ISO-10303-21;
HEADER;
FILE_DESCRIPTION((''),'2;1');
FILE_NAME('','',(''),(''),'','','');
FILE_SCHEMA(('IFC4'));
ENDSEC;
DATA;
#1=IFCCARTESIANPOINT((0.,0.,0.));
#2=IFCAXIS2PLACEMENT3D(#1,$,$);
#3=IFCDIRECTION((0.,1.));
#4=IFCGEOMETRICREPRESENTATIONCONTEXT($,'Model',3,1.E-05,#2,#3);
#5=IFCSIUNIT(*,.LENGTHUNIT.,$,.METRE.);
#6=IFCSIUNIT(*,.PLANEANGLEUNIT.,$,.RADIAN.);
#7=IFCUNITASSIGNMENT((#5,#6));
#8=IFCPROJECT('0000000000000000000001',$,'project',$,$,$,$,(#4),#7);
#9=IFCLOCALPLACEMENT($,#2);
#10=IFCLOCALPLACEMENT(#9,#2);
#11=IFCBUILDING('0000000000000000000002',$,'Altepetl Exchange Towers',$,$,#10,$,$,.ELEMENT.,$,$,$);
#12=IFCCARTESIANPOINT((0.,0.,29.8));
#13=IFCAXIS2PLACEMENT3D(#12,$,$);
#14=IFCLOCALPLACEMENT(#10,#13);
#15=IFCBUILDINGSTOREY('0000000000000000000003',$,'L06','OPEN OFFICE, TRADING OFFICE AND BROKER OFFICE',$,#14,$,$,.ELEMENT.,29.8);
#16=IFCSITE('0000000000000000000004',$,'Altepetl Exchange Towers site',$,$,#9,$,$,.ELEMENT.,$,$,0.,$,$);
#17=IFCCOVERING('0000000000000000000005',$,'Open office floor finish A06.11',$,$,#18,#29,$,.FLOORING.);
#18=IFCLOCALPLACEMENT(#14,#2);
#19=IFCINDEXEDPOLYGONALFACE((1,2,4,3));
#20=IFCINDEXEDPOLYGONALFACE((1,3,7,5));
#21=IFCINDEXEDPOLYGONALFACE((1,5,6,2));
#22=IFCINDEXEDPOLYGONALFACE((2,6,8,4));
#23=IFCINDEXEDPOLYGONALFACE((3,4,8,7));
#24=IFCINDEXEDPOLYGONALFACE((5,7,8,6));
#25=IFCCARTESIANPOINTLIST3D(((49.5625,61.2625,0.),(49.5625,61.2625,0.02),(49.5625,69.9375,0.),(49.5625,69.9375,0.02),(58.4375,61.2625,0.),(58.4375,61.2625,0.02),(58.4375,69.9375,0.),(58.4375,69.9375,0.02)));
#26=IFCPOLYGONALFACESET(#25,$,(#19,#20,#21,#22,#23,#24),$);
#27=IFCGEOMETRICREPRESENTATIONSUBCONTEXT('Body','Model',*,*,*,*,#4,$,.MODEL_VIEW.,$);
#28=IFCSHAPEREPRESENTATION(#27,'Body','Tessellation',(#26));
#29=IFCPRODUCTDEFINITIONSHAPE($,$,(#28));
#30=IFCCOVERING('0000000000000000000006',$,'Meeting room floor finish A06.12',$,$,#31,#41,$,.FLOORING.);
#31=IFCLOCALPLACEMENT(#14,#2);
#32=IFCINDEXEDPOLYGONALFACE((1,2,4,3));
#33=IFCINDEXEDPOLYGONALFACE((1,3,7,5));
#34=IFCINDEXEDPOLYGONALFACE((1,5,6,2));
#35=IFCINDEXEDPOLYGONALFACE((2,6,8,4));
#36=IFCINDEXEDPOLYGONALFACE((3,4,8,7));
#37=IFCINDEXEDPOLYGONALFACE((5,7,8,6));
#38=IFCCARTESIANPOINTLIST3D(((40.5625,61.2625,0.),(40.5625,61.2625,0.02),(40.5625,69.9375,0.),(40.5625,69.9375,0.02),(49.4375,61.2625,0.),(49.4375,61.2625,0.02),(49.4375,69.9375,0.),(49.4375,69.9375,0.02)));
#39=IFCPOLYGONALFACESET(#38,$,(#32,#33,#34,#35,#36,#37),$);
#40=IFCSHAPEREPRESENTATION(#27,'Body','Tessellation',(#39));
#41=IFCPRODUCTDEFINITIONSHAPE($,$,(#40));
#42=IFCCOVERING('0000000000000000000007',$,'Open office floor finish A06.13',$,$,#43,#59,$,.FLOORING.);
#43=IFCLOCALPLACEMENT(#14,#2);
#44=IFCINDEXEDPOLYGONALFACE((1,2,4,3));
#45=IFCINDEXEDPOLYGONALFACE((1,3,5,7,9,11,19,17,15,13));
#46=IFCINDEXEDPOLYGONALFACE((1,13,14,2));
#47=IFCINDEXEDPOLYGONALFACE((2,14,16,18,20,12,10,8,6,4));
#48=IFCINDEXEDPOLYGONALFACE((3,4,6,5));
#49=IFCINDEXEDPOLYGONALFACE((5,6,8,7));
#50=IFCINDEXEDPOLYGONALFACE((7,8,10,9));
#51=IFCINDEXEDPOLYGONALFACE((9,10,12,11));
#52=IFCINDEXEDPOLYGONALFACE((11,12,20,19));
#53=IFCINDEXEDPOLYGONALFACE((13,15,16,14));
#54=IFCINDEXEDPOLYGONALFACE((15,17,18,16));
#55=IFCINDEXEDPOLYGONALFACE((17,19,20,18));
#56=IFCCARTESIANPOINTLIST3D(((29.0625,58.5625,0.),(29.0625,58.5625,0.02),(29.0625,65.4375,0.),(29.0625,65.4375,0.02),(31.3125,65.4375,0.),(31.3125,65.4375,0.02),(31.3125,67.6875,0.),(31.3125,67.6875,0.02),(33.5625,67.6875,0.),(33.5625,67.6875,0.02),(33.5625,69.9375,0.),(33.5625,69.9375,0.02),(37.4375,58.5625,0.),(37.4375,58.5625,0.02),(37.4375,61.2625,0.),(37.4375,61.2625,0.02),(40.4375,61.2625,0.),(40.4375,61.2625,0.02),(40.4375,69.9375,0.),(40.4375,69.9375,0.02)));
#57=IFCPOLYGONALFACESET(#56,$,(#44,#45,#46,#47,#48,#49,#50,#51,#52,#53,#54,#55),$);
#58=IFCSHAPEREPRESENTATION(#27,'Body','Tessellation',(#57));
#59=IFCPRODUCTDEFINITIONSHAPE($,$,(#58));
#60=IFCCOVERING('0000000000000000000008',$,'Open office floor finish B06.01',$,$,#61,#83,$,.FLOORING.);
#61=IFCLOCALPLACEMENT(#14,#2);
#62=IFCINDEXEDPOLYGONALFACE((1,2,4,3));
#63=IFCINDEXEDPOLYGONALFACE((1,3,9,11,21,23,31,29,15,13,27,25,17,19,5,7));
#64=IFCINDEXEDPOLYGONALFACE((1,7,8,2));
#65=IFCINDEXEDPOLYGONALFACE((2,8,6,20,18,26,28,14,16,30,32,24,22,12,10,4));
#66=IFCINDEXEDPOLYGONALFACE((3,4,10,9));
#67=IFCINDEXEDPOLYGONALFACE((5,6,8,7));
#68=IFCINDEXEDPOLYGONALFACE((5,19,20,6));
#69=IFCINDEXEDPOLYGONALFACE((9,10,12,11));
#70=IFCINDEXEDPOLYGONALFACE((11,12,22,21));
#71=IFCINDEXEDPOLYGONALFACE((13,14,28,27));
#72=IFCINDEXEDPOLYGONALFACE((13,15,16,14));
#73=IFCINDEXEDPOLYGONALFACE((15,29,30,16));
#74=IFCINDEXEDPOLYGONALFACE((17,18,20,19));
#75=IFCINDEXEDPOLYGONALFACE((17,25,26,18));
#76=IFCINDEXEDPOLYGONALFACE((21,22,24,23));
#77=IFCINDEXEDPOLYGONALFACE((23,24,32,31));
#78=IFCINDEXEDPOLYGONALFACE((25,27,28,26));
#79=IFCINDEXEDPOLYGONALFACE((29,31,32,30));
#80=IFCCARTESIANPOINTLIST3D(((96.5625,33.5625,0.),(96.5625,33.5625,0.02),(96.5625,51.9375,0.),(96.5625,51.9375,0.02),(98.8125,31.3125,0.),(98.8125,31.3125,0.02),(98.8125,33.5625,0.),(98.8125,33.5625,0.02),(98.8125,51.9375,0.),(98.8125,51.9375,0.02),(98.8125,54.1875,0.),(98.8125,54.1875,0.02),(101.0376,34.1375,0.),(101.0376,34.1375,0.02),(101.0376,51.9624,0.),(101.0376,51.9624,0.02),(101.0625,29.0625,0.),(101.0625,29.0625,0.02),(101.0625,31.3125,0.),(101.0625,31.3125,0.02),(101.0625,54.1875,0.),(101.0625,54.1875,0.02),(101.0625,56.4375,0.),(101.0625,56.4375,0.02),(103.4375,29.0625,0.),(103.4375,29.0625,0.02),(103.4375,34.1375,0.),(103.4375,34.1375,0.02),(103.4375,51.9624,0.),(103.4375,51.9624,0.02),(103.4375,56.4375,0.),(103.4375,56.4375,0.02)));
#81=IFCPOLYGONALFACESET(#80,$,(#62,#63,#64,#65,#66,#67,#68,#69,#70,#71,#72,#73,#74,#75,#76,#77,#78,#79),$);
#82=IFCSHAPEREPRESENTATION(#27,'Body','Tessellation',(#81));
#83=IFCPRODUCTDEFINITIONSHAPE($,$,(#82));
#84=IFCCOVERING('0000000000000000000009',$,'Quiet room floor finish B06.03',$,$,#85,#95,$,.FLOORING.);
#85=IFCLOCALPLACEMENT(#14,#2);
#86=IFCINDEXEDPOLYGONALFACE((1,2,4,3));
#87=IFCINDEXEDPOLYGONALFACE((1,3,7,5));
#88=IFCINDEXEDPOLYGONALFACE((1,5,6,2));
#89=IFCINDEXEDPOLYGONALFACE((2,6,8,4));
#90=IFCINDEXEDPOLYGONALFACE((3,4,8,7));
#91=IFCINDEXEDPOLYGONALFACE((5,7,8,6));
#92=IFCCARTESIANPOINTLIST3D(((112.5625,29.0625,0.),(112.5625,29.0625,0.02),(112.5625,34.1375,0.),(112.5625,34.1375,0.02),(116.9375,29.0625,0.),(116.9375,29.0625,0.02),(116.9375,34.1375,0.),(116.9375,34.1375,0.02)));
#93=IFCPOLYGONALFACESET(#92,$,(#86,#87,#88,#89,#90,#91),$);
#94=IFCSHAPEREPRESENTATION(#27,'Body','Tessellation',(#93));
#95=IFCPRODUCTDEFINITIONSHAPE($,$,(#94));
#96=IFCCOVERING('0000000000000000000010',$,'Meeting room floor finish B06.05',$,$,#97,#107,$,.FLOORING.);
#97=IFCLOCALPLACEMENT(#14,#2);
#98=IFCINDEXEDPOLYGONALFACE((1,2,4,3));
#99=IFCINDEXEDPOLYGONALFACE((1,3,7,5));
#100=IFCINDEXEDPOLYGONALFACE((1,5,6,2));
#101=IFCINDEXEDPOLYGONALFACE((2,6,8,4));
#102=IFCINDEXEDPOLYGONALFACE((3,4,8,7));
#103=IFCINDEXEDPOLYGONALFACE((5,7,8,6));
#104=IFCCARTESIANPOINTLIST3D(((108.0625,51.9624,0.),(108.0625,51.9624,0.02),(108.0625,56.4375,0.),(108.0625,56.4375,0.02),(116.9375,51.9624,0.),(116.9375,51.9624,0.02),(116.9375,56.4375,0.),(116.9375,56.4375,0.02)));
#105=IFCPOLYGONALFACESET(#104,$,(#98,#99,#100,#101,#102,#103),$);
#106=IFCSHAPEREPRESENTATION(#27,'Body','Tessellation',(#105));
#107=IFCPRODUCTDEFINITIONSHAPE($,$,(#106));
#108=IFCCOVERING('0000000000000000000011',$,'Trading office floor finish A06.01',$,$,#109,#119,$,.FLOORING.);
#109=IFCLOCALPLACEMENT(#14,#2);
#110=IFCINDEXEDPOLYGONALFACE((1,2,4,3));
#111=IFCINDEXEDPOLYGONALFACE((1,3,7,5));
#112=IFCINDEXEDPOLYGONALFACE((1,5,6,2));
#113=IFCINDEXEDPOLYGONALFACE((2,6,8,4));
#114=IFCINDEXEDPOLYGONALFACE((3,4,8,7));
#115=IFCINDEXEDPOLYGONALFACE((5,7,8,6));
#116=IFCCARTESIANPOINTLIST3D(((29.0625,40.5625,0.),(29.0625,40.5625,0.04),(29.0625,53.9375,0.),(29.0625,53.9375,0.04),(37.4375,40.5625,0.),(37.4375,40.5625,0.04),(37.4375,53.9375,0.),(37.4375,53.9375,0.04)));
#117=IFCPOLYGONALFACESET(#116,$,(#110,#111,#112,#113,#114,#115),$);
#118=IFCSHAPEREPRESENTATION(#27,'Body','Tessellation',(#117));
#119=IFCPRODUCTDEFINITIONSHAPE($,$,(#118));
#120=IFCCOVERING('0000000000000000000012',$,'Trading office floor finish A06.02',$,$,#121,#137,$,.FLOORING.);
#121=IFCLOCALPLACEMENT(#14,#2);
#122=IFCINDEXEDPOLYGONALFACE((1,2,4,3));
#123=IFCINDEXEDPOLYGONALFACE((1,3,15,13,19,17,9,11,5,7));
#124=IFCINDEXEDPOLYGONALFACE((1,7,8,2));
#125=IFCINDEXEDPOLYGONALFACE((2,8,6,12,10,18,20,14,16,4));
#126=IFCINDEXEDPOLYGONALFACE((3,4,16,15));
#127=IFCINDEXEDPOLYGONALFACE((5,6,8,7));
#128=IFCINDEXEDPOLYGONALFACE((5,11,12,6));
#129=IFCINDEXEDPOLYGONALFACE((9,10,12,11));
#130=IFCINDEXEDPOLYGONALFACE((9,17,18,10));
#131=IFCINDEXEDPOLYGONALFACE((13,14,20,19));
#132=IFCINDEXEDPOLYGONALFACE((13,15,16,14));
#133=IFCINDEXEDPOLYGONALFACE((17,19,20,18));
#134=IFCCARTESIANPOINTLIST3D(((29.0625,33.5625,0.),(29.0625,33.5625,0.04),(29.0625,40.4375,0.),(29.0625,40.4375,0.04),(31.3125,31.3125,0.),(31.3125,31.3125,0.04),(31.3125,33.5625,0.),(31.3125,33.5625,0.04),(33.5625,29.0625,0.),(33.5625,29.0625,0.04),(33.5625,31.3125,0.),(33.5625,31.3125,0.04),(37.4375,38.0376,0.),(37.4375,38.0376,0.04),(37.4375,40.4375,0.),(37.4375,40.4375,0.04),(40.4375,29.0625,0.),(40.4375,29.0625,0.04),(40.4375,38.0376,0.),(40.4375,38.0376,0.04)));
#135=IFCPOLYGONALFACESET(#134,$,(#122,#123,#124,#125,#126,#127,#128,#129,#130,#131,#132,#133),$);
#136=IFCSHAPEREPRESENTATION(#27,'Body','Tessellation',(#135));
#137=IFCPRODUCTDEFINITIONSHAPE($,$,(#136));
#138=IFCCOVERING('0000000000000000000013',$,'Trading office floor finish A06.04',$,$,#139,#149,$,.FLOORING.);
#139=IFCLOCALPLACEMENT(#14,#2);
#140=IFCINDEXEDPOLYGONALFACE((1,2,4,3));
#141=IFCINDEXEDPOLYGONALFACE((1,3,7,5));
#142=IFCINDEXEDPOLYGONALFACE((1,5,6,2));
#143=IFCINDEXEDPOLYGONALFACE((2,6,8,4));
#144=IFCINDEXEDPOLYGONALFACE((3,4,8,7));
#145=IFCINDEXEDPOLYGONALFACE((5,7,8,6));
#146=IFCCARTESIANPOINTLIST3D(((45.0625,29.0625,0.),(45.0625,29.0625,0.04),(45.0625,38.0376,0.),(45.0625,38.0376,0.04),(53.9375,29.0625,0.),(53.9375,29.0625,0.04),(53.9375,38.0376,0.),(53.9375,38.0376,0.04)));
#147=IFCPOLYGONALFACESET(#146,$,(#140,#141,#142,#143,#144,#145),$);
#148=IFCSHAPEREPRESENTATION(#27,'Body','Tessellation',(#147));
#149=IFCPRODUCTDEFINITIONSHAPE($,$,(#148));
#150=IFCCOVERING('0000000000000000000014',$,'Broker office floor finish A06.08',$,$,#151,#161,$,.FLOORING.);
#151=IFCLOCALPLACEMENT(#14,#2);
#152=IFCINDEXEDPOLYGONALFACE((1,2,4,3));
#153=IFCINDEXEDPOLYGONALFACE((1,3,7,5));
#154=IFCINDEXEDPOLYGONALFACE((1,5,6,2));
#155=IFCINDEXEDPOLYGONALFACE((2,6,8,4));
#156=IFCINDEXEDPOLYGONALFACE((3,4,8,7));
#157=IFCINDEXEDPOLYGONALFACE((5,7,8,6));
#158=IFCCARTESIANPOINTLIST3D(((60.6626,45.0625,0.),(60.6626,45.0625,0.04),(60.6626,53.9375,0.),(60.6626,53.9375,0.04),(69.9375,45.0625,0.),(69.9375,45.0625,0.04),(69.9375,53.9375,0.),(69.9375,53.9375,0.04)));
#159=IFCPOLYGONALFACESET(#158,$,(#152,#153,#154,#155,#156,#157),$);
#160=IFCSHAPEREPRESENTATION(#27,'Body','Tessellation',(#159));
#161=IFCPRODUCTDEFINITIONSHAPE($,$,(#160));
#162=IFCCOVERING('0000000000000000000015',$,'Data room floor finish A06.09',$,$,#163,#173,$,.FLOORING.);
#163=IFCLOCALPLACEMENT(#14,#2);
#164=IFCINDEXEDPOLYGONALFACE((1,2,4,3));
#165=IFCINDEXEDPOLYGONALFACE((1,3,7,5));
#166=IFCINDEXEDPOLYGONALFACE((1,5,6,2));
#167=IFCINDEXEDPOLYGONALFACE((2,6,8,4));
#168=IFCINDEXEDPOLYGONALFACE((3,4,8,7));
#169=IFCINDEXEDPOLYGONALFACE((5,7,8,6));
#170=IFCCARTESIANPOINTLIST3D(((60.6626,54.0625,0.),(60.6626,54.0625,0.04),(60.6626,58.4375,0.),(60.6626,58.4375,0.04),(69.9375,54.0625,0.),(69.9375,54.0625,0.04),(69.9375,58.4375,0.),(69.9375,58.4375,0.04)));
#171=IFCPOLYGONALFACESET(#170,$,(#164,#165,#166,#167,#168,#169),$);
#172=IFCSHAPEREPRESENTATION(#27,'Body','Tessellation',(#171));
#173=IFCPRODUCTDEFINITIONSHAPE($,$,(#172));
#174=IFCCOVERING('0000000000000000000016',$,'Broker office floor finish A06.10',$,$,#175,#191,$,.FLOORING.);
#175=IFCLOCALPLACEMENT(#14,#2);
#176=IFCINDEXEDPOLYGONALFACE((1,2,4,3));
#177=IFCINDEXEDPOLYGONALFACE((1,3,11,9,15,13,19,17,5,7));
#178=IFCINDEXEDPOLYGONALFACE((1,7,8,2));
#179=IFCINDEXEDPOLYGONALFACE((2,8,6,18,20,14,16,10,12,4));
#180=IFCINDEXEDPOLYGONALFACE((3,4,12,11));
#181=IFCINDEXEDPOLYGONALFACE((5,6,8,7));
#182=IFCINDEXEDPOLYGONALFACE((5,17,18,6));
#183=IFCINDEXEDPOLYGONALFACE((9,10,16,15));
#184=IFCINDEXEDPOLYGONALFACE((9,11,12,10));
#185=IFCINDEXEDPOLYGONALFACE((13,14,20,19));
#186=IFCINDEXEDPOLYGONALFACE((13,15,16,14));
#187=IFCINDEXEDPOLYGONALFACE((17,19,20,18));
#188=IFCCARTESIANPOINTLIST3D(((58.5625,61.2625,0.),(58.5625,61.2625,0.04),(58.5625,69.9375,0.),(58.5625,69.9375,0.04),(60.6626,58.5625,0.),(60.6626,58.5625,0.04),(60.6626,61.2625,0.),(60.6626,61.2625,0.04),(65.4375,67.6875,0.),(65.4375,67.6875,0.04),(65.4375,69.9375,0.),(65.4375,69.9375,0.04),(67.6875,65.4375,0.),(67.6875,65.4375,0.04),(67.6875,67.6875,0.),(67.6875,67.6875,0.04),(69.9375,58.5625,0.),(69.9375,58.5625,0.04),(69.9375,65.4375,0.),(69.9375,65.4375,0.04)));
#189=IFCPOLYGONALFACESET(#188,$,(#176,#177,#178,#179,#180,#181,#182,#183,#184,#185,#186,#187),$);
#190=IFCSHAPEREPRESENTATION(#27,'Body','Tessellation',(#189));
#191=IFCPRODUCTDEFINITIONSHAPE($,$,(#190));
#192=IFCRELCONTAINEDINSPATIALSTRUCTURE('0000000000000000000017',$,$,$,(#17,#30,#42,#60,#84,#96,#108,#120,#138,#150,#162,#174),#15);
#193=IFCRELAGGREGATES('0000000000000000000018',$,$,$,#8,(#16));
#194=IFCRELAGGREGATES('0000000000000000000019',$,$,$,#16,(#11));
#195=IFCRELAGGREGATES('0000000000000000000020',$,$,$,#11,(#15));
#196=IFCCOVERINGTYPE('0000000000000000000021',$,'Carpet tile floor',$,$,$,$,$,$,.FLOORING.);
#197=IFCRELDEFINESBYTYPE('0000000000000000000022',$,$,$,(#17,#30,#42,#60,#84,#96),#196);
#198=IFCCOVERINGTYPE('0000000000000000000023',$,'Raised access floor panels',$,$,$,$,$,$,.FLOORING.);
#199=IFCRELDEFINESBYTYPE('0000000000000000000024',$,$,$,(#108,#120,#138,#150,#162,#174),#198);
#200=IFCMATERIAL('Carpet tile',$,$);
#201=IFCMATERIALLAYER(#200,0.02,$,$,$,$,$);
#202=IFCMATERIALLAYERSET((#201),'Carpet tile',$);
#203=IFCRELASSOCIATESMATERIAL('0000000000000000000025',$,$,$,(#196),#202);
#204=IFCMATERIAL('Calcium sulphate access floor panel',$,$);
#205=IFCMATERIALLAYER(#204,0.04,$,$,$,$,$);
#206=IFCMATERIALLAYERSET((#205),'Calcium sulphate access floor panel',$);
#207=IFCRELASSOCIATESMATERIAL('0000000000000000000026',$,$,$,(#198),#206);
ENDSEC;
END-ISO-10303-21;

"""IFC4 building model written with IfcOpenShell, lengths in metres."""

from ifc_helpers import new_model, si_unit, direction, frame, origin, place, context, subcontext, project, spatial, polyline, outline, extrude, material, layer, layer_set, type_object, element, save


model = new_model("IFC4")

# Units and contexts
model_context = context("Model", 3, precision=1e-05, world=origin(), true_north=direction((0.0, 1.0)))
body_context = subcontext(model_context, "Body", "Model", "MODEL_VIEW")
ifc_project = project(units=[si_unit("LENGTHUNIT", "METRE"), si_unit("PLANEANGLEUNIT", "RADIAN")], contexts=[model_context])

# Site, building, storey
site_placement = place(None, origin())
site = spatial("IfcSite", under=ifc_project, at=site_placement, Name="Altepetl Exchange Towers site", CompositionType="ELEMENT", RefElevation=0.0)
building_placement = place(site_placement, origin())
building = spatial("IfcBuilding", under=site, at=building_placement, Name="Altepetl Exchange Towers", CompositionType="ELEMENT")
storey_placement = place(building_placement, frame((0.0, 0.0, 29.8)))
storey = spatial("IfcBuildingStorey", under=building, at=storey_placement, Name="L06", Description="OPEN OFFICE, TRADING OFFICE AND BROKER OFFICE", CompositionType="ELEMENT", Elevation=29.8)

# Coverings
ifc_material_1 = material(Name="Carpet tile")
ifc_layer_1 = layer(ifc_material_1, 0.02)
ifc_layer_set_1 = layer_set([ifc_layer_1], Name="Carpet tile")
covering_type_1 = type_object("IfcCoveringType", Name="Carpet tile floor", PredefinedType="FLOORING", material=ifc_layer_set_1)
covering_1_placement = place(storey_placement, origin())
element("IfcCovering", 1, at=covering_1_placement, inside=storey, type_object=covering_type_1, Name="Open office floor finish A06.11", PredefinedType="FLOORING", context=body_context, shape_type="SweptSolid", body=[
    extrude(outline(polyline([(49.5625, 69.9375), (49.5625, 61.2625), (58.4375, 61.2625), (58.4375, 69.9375), (49.5625, 69.9375)])), origin(), (0.0, 0.0, 1.0), 0.02),
])
covering_2_placement = place(storey_placement, origin())
element("IfcCovering", 2, at=covering_2_placement, inside=storey, type_object=covering_type_1, Name="Meeting room floor finish A06.12", PredefinedType="FLOORING", context=body_context, shape_type="SweptSolid", body=[
    extrude(outline(polyline([(40.5625, 69.9375), (40.5625, 61.2625), (49.4375, 61.2625), (49.4375, 69.9375), (40.5625, 69.9375)])), origin(), (0.0, 0.0, 1.0), 0.02),
])
covering_3_placement = place(storey_placement, origin())
element("IfcCovering", 3, at=covering_3_placement, inside=storey, type_object=covering_type_1, Name="Open office floor finish A06.13", PredefinedType="FLOORING", context=body_context, shape_type="SweptSolid", body=[
    extrude(outline(polyline([(33.5625, 67.6875), (31.3125, 67.6875), (31.3125, 65.4375), (29.0625, 65.4375), (29.0625, 58.5625), (37.4375, 58.5625), (37.4375, 61.2625), (40.4375, 61.2625), (40.4375, 69.9375), (33.5625, 69.9375), (33.5625, 67.6875)])), origin(), (0.0, 0.0, 1.0), 0.02),
])
covering_4_placement = place(storey_placement, origin())
element("IfcCovering", 4, at=covering_4_placement, inside=storey, type_object=covering_type_1, Name="Open office floor finish B06.01", PredefinedType="FLOORING", context=body_context, shape_type="SweptSolid", body=[
    extrude(outline(polyline([(101.0625, 54.1875), (98.8125, 54.1875), (98.8125, 51.9375), (96.5625, 51.9375), (96.5625, 33.5625), (98.8125, 33.5625), (98.8125, 31.3125), (101.0625, 31.3125), (101.0625, 29.0625), (103.4375, 29.0625), (103.4375, 34.1375), (101.0376, 34.1375), (101.0376, 51.9624), (103.4375, 51.9624), (103.4375, 56.4375), (101.0625, 56.4375), (101.0625, 54.1875)])), origin(), (0.0, 0.0, 1.0), 0.02),
])
covering_5_placement = place(storey_placement, origin())
element("IfcCovering", 5, at=covering_5_placement, inside=storey, type_object=covering_type_1, Name="Quiet room floor finish B06.03", PredefinedType="FLOORING", context=body_context, shape_type="SweptSolid", body=[
    extrude(outline(polyline([(116.9375, 29.0625), (116.9375, 34.1375), (112.5625, 34.1375), (112.5625, 29.0625), (116.9375, 29.0625)])), origin(), (0.0, 0.0, 1.0), 0.02),
])
covering_6_placement = place(storey_placement, origin())
element("IfcCovering", 6, at=covering_6_placement, inside=storey, type_object=covering_type_1, Name="Meeting room floor finish B06.05", PredefinedType="FLOORING", context=body_context, shape_type="SweptSolid", body=[
    extrude(outline(polyline([(108.0625, 56.4375), (108.0625, 51.9624), (116.9375, 51.9624), (116.9375, 56.4375), (108.0625, 56.4375)])), origin(), (0.0, 0.0, 1.0), 0.02),
])
ifc_material_2 = material(Name="Calcium sulphate access floor panel")
ifc_layer_2 = layer(ifc_material_2, 0.04)
ifc_layer_set_2 = layer_set([ifc_layer_2], Name="Calcium sulphate access floor panel")
covering_type_2 = type_object("IfcCoveringType", Name="Raised access floor panels", PredefinedType="FLOORING", material=ifc_layer_set_2)
covering_7_placement = place(storey_placement, origin())
element("IfcCovering", 7, at=covering_7_placement, inside=storey, type_object=covering_type_2, Name="Trading office floor finish A06.01", PredefinedType="FLOORING", context=body_context, shape_type="SweptSolid", body=[
    extrude(outline(polyline([(29.0625, 40.5625), (37.4375, 40.5625), (37.4375, 53.9375), (29.0625, 53.9375), (29.0625, 40.5625)])), origin(), (0.0, 0.0, 1.0), 0.04),
])
covering_8_placement = place(storey_placement, origin())
element("IfcCovering", 8, at=covering_8_placement, inside=storey, type_object=covering_type_2, Name="Trading office floor finish A06.02", PredefinedType="FLOORING", context=body_context, shape_type="SweptSolid", body=[
    extrude(outline(polyline([(40.4375, 29.0625), (40.4375, 38.0376), (37.4375, 38.0376), (37.4375, 40.4375), (29.0625, 40.4375), (29.0625, 33.5625), (31.3125, 33.5625), (31.3125, 31.3125), (33.5625, 31.3125), (33.5625, 29.0625), (40.4375, 29.0625)])), origin(), (0.0, 0.0, 1.0), 0.04),
])
covering_9_placement = place(storey_placement, origin())
element("IfcCovering", 9, at=covering_9_placement, inside=storey, type_object=covering_type_2, Name="Trading office floor finish A06.04", PredefinedType="FLOORING", context=body_context, shape_type="SweptSolid", body=[
    extrude(outline(polyline([(53.9375, 29.0625), (53.9375, 38.0376), (45.0625, 38.0376), (45.0625, 29.0625), (53.9375, 29.0625)])), origin(), (0.0, 0.0, 1.0), 0.04),
])
covering_10_placement = place(storey_placement, origin())
element("IfcCovering", 10, at=covering_10_placement, inside=storey, type_object=covering_type_2, Name="Broker office floor finish A06.08", PredefinedType="FLOORING", context=body_context, shape_type="SweptSolid", body=[
    extrude(outline(polyline([(69.9375, 53.9375), (60.6626, 53.9375), (60.6626, 45.0625), (69.9375, 45.0625), (69.9375, 53.9375)])), origin(), (0.0, 0.0, 1.0), 0.04),
])
covering_11_placement = place(storey_placement, origin())
element("IfcCovering", 11, at=covering_11_placement, inside=storey, type_object=covering_type_2, Name="Data room floor finish A06.09", PredefinedType="FLOORING", context=body_context, shape_type="SweptSolid", body=[
    extrude(outline(polyline([(69.9375, 58.4375), (60.6626, 58.4375), (60.6626, 54.0625), (69.9375, 54.0625), (69.9375, 58.4375)])), origin(), (0.0, 0.0, 1.0), 0.04),
])
covering_12_placement = place(storey_placement, origin())
element("IfcCovering", 12, at=covering_12_placement, inside=storey, type_object=covering_type_2, Name="Broker office floor finish A06.10", PredefinedType="FLOORING", context=body_context, shape_type="SweptSolid", body=[
    extrude(outline(polyline([(58.5625, 69.9375), (58.5625, 61.2625), (60.6626, 61.2625), (60.6626, 58.5625), (69.9375, 58.5625), (69.9375, 65.4375), (67.6875, 65.4375), (67.6875, 67.6875), (65.4375, 67.6875), (65.4375, 69.9375), (58.5625, 69.9375)])), origin(), (0.0, 0.0, 1.0), 0.04),
])

save(model, "model.ifc")
